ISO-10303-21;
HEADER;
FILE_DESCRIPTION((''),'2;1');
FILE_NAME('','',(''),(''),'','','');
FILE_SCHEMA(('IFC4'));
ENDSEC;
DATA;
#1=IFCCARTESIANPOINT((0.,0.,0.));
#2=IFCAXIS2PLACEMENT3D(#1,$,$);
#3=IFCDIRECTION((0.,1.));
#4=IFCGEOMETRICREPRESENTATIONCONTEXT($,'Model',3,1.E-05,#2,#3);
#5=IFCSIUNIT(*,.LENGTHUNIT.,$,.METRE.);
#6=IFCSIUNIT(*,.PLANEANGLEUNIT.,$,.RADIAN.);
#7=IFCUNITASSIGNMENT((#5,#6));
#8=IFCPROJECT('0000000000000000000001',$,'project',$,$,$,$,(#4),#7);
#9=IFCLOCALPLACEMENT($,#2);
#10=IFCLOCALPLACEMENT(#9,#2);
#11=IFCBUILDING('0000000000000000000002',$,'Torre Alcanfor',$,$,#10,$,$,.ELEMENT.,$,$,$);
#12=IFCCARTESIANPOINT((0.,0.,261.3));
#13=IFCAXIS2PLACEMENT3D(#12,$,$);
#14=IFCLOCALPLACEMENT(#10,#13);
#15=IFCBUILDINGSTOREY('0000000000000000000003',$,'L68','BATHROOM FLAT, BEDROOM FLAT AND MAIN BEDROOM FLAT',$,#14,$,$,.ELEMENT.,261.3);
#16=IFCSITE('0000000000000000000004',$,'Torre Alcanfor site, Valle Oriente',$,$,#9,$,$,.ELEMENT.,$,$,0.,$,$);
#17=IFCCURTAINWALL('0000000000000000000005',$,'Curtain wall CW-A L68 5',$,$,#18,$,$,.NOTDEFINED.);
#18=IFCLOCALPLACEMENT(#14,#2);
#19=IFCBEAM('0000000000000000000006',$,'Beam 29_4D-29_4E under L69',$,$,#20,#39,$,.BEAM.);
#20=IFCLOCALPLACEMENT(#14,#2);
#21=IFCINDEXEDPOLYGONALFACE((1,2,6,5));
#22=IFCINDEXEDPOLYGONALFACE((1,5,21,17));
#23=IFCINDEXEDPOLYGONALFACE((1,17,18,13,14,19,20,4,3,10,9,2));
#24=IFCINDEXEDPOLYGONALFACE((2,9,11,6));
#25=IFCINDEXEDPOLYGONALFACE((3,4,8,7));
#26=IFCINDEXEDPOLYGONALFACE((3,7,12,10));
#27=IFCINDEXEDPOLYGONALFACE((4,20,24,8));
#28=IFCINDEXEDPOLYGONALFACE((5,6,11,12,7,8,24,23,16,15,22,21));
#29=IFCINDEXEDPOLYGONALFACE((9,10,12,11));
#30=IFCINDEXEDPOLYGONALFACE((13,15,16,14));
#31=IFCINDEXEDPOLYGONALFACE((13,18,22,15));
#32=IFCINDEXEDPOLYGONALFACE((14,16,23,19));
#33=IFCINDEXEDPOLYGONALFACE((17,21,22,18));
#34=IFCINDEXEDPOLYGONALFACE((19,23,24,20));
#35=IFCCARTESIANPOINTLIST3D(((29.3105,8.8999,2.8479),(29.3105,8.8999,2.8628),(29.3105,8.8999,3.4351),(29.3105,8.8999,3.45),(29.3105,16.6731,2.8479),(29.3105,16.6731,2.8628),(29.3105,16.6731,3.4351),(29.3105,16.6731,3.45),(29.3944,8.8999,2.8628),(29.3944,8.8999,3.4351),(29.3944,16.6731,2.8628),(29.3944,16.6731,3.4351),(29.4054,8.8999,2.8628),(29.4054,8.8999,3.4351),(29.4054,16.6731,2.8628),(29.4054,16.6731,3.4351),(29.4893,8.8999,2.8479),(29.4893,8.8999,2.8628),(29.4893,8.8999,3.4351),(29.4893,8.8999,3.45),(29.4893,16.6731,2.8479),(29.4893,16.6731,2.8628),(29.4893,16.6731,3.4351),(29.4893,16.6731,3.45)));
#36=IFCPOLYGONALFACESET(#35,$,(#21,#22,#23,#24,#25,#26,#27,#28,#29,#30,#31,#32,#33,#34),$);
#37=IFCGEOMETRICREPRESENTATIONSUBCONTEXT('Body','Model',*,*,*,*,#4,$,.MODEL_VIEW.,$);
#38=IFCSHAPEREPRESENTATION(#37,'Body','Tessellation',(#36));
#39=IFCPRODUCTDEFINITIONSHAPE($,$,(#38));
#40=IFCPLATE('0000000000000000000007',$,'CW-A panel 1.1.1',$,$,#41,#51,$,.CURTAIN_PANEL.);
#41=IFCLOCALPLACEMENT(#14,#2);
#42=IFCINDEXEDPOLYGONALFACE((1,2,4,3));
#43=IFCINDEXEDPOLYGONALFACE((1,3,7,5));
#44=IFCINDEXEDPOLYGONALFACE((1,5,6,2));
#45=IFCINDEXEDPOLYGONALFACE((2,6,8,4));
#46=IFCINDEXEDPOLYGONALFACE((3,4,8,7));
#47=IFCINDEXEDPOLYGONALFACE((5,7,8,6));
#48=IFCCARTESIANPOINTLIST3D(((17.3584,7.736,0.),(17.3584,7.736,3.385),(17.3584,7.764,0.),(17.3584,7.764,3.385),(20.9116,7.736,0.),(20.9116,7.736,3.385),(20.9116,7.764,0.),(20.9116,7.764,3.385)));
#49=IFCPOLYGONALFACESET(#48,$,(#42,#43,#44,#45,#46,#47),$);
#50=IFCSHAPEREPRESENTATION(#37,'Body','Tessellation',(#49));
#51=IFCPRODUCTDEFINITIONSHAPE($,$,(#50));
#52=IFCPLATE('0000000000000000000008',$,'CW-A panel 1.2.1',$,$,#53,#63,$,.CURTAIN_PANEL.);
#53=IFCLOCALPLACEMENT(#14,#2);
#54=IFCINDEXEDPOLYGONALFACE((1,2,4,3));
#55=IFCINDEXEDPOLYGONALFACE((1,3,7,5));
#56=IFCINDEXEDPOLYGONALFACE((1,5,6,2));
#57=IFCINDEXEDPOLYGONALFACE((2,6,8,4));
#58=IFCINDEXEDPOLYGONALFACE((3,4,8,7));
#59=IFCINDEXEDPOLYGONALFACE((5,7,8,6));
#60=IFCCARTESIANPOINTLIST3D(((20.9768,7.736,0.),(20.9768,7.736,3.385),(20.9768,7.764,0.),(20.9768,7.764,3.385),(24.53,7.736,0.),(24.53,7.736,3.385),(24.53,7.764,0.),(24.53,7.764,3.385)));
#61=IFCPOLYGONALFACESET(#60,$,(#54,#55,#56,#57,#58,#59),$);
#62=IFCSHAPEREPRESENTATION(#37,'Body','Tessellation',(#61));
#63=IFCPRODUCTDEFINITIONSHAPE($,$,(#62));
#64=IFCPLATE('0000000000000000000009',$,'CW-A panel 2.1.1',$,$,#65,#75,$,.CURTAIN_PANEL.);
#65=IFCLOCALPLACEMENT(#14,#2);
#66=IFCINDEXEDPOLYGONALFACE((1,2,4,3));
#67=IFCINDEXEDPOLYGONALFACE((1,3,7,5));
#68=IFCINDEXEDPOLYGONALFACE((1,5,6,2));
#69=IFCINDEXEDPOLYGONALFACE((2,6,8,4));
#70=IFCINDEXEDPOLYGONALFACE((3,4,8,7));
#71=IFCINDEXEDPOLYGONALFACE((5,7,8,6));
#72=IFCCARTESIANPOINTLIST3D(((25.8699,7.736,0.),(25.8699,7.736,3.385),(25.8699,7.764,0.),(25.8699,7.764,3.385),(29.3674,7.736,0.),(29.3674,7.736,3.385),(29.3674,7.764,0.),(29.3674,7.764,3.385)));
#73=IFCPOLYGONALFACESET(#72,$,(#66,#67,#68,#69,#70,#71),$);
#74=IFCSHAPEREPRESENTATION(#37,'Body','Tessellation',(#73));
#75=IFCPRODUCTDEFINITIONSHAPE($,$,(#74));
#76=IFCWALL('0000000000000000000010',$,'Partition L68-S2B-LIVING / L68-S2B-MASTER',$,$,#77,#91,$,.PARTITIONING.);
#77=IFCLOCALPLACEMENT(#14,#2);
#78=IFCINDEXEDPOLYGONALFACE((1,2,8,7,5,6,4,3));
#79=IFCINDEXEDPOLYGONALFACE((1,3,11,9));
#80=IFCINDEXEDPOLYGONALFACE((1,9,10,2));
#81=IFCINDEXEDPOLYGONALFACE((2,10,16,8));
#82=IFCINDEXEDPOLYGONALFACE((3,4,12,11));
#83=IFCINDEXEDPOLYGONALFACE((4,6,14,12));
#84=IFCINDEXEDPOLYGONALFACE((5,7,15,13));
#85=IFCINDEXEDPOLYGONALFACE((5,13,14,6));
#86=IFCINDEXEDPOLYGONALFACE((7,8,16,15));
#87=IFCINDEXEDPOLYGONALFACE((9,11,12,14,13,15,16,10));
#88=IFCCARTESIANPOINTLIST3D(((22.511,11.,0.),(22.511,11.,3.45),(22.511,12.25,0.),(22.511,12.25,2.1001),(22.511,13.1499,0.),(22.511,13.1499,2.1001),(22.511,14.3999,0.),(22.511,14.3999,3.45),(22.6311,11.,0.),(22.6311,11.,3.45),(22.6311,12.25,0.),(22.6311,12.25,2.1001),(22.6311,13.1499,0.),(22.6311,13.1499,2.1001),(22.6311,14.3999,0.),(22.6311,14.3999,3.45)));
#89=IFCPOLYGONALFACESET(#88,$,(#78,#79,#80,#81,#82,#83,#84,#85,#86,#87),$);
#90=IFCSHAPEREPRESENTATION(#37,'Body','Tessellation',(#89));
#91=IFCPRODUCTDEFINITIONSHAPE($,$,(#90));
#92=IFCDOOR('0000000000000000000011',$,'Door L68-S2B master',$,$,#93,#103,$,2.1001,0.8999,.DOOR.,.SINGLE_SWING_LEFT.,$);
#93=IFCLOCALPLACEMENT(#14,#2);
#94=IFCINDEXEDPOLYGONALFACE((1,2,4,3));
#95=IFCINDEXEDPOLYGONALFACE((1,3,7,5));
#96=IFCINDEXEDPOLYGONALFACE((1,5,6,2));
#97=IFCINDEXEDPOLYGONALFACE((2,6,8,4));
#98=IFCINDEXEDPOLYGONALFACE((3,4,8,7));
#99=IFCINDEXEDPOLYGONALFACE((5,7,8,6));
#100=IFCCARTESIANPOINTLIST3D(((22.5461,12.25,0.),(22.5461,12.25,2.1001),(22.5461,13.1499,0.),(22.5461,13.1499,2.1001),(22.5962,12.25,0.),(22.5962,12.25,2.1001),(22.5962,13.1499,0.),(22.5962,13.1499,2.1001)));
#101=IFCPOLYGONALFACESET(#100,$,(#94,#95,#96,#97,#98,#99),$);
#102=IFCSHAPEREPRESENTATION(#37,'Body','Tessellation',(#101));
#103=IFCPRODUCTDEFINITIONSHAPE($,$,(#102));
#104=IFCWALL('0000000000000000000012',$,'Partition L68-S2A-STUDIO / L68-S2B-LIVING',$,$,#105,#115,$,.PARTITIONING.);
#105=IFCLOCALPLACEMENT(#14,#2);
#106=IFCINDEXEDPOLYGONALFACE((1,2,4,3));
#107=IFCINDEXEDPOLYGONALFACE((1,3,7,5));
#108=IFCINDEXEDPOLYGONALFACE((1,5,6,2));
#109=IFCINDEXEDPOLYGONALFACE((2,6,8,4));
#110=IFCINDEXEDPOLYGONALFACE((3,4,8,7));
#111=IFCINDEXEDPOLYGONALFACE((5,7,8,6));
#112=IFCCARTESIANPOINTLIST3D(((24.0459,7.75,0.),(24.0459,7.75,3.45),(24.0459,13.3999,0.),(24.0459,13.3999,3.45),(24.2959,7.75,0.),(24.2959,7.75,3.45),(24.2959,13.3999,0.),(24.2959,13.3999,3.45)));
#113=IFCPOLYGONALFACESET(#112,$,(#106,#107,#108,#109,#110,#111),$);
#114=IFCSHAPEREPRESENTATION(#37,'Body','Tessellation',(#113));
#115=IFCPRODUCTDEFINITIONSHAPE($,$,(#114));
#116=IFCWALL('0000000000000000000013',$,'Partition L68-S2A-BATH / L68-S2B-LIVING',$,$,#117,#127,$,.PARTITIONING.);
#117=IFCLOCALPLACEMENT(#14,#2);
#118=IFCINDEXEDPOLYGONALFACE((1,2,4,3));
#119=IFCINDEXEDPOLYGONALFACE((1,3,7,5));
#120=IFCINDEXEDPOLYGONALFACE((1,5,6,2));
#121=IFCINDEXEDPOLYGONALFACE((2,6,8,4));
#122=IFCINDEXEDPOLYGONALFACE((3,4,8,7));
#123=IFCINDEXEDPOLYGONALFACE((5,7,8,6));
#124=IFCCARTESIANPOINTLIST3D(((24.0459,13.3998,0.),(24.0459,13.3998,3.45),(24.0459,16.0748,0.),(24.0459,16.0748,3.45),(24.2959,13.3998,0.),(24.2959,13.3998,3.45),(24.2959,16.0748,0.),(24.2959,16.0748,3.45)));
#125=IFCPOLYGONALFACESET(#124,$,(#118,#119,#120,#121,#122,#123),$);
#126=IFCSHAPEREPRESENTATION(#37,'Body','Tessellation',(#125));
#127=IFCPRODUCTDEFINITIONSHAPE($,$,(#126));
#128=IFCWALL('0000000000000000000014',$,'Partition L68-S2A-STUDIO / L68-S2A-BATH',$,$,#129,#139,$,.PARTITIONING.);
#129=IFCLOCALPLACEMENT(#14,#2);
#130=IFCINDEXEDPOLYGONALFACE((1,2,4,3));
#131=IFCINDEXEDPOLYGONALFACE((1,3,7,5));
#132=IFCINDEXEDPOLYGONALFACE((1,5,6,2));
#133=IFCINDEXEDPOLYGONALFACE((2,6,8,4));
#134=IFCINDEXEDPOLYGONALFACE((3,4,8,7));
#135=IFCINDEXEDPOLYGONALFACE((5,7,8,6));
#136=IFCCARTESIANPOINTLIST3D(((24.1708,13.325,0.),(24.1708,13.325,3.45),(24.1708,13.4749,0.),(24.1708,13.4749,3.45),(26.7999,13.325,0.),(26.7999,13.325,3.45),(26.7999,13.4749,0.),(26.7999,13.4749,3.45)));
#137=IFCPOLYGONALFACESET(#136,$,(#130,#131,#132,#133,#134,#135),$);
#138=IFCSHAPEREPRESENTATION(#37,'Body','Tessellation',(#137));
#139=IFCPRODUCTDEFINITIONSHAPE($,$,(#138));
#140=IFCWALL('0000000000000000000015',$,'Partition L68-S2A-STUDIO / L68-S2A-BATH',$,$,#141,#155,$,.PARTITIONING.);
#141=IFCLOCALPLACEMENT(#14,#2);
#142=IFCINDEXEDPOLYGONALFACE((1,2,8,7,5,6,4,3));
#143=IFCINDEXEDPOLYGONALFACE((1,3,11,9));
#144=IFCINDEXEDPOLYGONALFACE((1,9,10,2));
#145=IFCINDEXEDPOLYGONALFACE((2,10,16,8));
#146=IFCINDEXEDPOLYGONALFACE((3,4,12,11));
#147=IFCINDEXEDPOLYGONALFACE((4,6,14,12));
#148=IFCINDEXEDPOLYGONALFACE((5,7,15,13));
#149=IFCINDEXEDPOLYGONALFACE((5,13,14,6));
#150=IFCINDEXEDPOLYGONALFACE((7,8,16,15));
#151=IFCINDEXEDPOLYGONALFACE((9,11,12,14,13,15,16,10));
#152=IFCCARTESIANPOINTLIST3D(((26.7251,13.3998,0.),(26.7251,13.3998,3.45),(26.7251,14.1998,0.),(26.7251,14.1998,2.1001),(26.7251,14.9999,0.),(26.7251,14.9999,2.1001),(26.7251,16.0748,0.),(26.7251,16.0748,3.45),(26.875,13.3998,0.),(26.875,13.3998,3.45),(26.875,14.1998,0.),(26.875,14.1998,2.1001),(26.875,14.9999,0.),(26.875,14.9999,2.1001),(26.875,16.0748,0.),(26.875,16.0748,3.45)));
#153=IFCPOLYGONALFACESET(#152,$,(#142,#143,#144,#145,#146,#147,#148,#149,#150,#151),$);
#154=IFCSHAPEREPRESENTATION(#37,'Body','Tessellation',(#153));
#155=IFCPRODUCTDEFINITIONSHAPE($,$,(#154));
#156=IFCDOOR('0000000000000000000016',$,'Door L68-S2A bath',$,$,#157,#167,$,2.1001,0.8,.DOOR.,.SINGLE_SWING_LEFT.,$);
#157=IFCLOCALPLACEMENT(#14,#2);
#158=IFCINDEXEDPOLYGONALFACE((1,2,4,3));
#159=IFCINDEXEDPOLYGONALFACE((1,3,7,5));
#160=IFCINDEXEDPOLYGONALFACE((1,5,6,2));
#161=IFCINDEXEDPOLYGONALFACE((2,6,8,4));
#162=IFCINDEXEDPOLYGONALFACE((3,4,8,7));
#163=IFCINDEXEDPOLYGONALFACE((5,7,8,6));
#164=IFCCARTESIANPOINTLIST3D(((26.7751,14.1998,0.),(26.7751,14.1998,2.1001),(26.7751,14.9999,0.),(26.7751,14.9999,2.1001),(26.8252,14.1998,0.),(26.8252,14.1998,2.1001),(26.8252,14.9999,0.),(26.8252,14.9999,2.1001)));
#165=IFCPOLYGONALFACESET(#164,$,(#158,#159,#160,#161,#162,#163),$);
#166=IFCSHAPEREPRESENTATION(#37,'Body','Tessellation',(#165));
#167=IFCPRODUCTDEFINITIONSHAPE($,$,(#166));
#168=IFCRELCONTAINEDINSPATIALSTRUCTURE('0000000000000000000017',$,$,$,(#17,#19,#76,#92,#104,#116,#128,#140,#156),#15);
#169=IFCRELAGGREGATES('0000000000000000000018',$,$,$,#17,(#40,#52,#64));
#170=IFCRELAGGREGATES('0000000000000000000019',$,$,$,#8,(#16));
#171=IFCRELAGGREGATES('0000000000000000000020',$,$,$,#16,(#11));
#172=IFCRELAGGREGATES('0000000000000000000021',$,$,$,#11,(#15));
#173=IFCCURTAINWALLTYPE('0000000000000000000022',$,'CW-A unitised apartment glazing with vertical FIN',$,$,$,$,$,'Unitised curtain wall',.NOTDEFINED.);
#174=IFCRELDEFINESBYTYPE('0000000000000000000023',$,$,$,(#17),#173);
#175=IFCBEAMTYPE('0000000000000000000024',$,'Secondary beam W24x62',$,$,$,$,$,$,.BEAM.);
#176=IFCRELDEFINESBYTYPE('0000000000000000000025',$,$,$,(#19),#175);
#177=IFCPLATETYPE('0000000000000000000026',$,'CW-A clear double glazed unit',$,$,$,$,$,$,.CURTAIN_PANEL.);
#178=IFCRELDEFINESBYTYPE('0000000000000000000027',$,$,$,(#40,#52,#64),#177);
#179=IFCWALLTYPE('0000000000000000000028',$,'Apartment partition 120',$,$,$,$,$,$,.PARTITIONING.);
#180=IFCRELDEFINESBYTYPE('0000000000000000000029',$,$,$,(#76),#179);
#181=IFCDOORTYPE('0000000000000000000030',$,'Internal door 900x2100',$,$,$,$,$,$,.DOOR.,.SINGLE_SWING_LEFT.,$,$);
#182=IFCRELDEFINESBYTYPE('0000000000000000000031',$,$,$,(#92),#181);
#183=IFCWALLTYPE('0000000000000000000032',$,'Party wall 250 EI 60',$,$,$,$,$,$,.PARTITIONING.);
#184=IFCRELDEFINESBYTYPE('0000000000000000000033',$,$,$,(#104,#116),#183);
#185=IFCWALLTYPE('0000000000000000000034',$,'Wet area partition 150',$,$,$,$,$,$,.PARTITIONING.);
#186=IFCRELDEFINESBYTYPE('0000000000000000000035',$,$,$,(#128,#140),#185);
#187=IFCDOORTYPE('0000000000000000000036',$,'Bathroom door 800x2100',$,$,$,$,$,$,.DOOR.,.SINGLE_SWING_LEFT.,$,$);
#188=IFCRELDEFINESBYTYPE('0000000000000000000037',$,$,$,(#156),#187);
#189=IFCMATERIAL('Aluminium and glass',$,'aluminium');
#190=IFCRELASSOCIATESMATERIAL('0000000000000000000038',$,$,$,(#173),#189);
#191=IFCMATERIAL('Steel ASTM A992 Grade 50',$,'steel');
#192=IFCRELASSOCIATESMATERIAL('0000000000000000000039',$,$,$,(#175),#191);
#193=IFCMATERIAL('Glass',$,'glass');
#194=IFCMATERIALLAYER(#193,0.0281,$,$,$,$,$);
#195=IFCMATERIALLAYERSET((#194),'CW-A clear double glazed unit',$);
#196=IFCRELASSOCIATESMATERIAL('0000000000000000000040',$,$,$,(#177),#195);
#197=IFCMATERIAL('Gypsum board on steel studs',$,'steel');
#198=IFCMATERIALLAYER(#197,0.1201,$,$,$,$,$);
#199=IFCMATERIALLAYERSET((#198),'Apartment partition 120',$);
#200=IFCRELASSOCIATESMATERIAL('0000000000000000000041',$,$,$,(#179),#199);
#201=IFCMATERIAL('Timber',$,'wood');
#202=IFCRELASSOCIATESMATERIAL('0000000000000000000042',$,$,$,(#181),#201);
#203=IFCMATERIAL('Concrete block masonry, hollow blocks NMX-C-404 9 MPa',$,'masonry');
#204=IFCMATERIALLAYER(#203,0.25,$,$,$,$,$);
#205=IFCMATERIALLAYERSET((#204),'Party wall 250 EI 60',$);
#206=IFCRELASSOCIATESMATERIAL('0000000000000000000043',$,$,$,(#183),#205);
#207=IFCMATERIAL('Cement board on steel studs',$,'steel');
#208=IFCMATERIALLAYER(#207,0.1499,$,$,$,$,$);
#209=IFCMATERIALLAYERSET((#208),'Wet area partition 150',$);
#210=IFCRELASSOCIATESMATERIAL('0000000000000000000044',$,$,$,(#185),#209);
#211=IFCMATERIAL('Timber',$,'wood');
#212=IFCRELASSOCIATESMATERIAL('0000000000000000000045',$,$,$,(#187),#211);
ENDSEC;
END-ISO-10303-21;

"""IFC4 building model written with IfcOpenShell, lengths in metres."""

from ifc_helpers import new_model, si_unit, direction, frame, frame_2d, origin, origin_2d, place, context, subcontext, project, spatial, rectangle, i_section, extrude, material, layer, layer_set, material_profile, profile_set, type_object, element, fill, aggregate, save


model = new_model("IFC4")

# Units and contexts
model_context = context("Model", 3, precision=1e-05, world=origin(), true_north=direction((0.0, 1.0)))
body_context = subcontext(model_context, "Body", "Model", "MODEL_VIEW")
ifc_project = project(units=[si_unit("LENGTHUNIT", "METRE"), si_unit("PLANEANGLEUNIT", "RADIAN")], contexts=[model_context])

# Site, building, storey
site_placement = place(None, origin())
site = spatial("IfcSite", under=ifc_project, at=site_placement, Name="Torre Alcanfor site, Valle Oriente", CompositionType="ELEMENT", RefElevation=0.0)
building_placement = place(site_placement, origin())
building = spatial("IfcBuilding", under=site, at=building_placement, Name="Torre Alcanfor", CompositionType="ELEMENT")
storey_placement = place(building_placement, frame((0.0, 0.0, 261.3)))
storey = spatial("IfcBuildingStorey", under=building, at=storey_placement, Name="L68", Description="BATHROOM FLAT, BEDROOM FLAT AND MAIN BEDROOM FLAT", CompositionType="ELEMENT", Elevation=261.3)

# Curtain wall
ifc_material_1 = material(Name="Aluminium and glass", Category="aluminium")
curtain_wall_type = type_object("IfcCurtainWallType", Name="CW-A unitised apartment glazing with vertical FIN", ElementType="Unitised curtain wall", PredefinedType="NOTDEFINED", material=ifc_material_1)
curtain_wall_placement = place(storey_placement, origin())
curtain_wall = element("IfcCurtainWall", 1, at=curtain_wall_placement, inside=storey, type_object=curtain_wall_type, Name="Curtain wall CW-A L68 5", PredefinedType="NOTDEFINED")

# Beam
ifc_material_2 = material(Name="Steel ASTM A992 Grade 50", Category="steel")
ifc_material_profile_1 = material_profile(ifc_material_2, i_section(OverallWidth=0.1787, OverallDepth=0.6021, WebThickness=0.011, FlangeThickness=0.0149, at=origin_2d()), Name="W24x62")
ifc_profile_set_1 = profile_set([ifc_material_profile_1], Name="Steel ASTM A992 Grade 50")
beam_type_1 = type_object("IfcBeamType", Name="Secondary beam W24x62", PredefinedType="BEAM", material=ifc_profile_set_1)
for number, where, z_axis, x_axis, name in (
    (2, (29.3999, 8.8999, 3.1489), (0.0, 1.0, 0.0), (-1.0, 0.0, 0.0), "Beam 29_4D-29_4E under L69"),
):
    element("IfcBeam", number, at=place(storey_placement, frame(where, z_axis=z_axis, x_axis=x_axis)), inside=storey, type_object=beam_type_1, Name=name, PredefinedType="BEAM", context=body_context, shape_type="SweptSolid", body=[
        extrude(i_section(OverallWidth=0.1787, OverallDepth=0.6021, WebThickness=0.011, FlangeThickness=0.0149, at=origin_2d()), origin(), (0.0, 0.0, 1.0), 7.7732),
    ])

# Plates
ifc_material_3 = material(Name="Glass", Category="glass")
ifc_layer_1 = layer(ifc_material_3, 0.0281)
ifc_layer_set_1 = layer_set([ifc_layer_1], Name="CW-A clear double glazed unit")
plate_type = type_object("IfcPlateType", Name="CW-A clear double glazed unit", PredefinedType="CURTAIN_PANEL", material=ifc_layer_set_1)
plate_1_placement = place(storey_placement, frame((19.135, 7.75, 0.0), z_axis=(0.0, 0.0, 1.0), x_axis=(1.0, 0.0, 0.0)))
plate_1 = element("IfcPlate", 3, at=plate_1_placement, type_object=plate_type, Name="CW-A panel 1.1.1", PredefinedType="CURTAIN_PANEL", context=body_context, shape_type="SweptSolid", body=[
    extrude(rectangle(XDim=3.5532, YDim=0.0281, at=origin_2d()), origin(), (0.0, 0.0, 1.0), 3.385),
])
plate_2_placement = place(storey_placement, frame((22.7534, 7.75, 0.0), z_axis=(0.0, 0.0, 1.0), x_axis=(1.0, 0.0, 0.0)))
plate_2 = element("IfcPlate", 4, at=plate_2_placement, type_object=plate_type, Name="CW-A panel 1.2.1", PredefinedType="CURTAIN_PANEL", context=body_context, shape_type="SweptSolid", body=[
    extrude(rectangle(XDim=3.5532, YDim=0.0281, at=origin_2d()), origin(), (0.0, 0.0, 1.0), 3.385),
])
plate_3_placement = place(storey_placement, frame((27.6187, 7.75, 0.0), z_axis=(0.0, 0.0, 1.0), x_axis=(1.0, 0.0, 0.0)))
plate_3 = element("IfcPlate", 5, at=plate_3_placement, type_object=plate_type, Name="CW-A panel 2.1.1", PredefinedType="CURTAIN_PANEL", context=body_context, shape_type="SweptSolid", body=[
    extrude(rectangle(XDim=3.4976, YDim=0.0281, at=origin_2d()), origin(), (0.0, 0.0, 1.0), 3.385),
])
aggregate(curtain_wall, [plate_1, plate_2, plate_3])

# Wall, opening, door
ifc_material_4 = material(Name="Gypsum board on steel studs", Category="steel")
ifc_layer_2 = layer(ifc_material_4, 0.1201)
ifc_layer_set_2 = layer_set([ifc_layer_2], Name="Apartment partition 120")
wall_type_1 = type_object("IfcWallType", Name="Apartment partition 120", PredefinedType="PARTITIONING", material=ifc_layer_set_2)
wall_1_placement = place(storey_placement, frame((22.571, 11.0, 0.0), z_axis=(0.0, 0.0, 1.0), x_axis=(0.0, 1.0, 0.0)))
wall_1 = element("IfcWall", 6, at=wall_1_placement, inside=storey, type_object=wall_type_1, Name="Partition L68-S2B-LIVING / L68-S2B-MASTER", PredefinedType="PARTITIONING", context=body_context, shape_type="SweptSolid", body=[
    extrude(rectangle(XDim=3.3999, YDim=0.1201, at=frame_2d((1.7, 0.0))), origin(), (0.0, 0.0, 1.0), 3.45),
])
opening_1_placement = place(wall_1_placement, frame((1.25, 0.0, 0.0)))
opening_1 = element("IfcOpeningElement", 7, at=opening_1_placement, cuts=wall_1, PredefinedType="OPENING", context=body_context, shape_type="SweptSolid", body=[
    extrude(rectangle(XDim=0.8999, YDim=2.1001, at=frame_2d((0.45, 1.05))), frame((0.0, 0.0701, 0.0), z_axis=(0.0, -1.0, 0.0), x_axis=(1.0, 0.0, 0.0)), (0.0, 0.0, 1.0), 0.1401),
])
ifc_material_5 = material(Name="Timber", Category="wood")
door_type_1 = type_object("IfcDoorType", Name="Internal door 900x2100", OperationType="SINGLE_SWING_LEFT", PredefinedType="DOOR", material=ifc_material_5)
door_1_placement = place(opening_1_placement, origin())
door_1 = element("IfcDoor", 8, at=door_1_placement, inside=storey, type_object=door_type_1, Name="Door L68-S2B master", OperationType="SINGLE_SWING_LEFT", OverallHeight=2.1001, OverallWidth=0.8999, PredefinedType="DOOR", context=body_context, shape_type="SweptSolid", body=[
    extrude(rectangle(XDim=0.8999, YDim=2.1001, at=frame_2d((0.45, 1.05))), frame((0.0, 0.0249, 0.0), z_axis=(0.0, -1.0, 0.0), x_axis=(1.0, 0.0, 0.0)), (0.0, 0.0, 1.0), 0.05),
])
fill(opening_1, door_1)

# Walls
ifc_material_6 = material(Name="Concrete block masonry, hollow blocks NMX-C-404 9 MPa", Category="masonry")
ifc_layer_3 = layer(ifc_material_6, 0.25)
ifc_layer_set_3 = layer_set([ifc_layer_3], Name="Party wall 250 EI 60")
wall_type_2 = type_object("IfcWallType", Name="Party wall 250 EI 60", PredefinedType="PARTITIONING", material=ifc_layer_set_3)
wall_2_placement = place(storey_placement, frame((24.1709, 7.75, 0.0), z_axis=(0.0, 0.0, 1.0), x_axis=(0.0, 1.0, 0.0)))
element("IfcWall", 9, at=wall_2_placement, inside=storey, type_object=wall_type_2, Name="Partition L68-S2A-STUDIO / L68-S2B-LIVING", PredefinedType="PARTITIONING", context=body_context, shape_type="SweptSolid", body=[
    extrude(rectangle(XDim=5.6499, YDim=0.25, at=frame_2d((2.825, 0.0))), origin(), (0.0, 0.0, 1.0), 3.45),
])
wall_3_placement = place(storey_placement, frame((24.1709, 13.3999, 0.0), z_axis=(0.0, 0.0, 1.0), x_axis=(0.0, 1.0, 0.0)))
element("IfcWall", 10, at=wall_3_placement, inside=storey, type_object=wall_type_2, Name="Partition L68-S2A-BATH / L68-S2B-LIVING", PredefinedType="PARTITIONING", context=body_context, shape_type="SweptSolid", body=[
    extrude(rectangle(XDim=2.675, YDim=0.25, at=frame_2d((1.3374, 0.0))), origin(), (0.0, 0.0, 1.0), 3.45),
])
ifc_material_7 = material(Name="Cement board on steel studs", Category="steel")
ifc_layer_4 = layer(ifc_material_7, 0.1499)
ifc_layer_set_4 = layer_set([ifc_layer_4], Name="Wet area partition 150")
wall_type_3 = type_object("IfcWallType", Name="Wet area partition 150", PredefinedType="PARTITIONING", material=ifc_layer_set_4)
wall_4_placement = place(storey_placement, frame((24.1709, 13.3999, 0.0), z_axis=(0.0, 0.0, 1.0), x_axis=(1.0, 0.0, 0.0)))
element("IfcWall", 11, at=wall_4_placement, inside=storey, type_object=wall_type_3, Name="Partition L68-S2A-STUDIO / L68-S2A-BATH", PredefinedType="PARTITIONING", context=body_context, shape_type="SweptSolid", body=[
    extrude(rectangle(XDim=2.6292, YDim=0.1499, at=frame_2d((1.3145, 0.0))), origin(), (0.0, 0.0, 1.0), 3.45),
])

# Wall, opening, door
wall_5_placement = place(storey_placement, frame((26.8, 13.3999, 0.0), z_axis=(0.0, 0.0, 1.0), x_axis=(0.0, 1.0, 0.0)))
wall_5 = element("IfcWall", 12, at=wall_5_placement, inside=storey, type_object=wall_type_3, Name="Partition L68-S2A-STUDIO / L68-S2A-BATH", PredefinedType="PARTITIONING", context=body_context, shape_type="SweptSolid", body=[
    extrude(rectangle(XDim=2.675, YDim=0.1499, at=frame_2d((1.3374, 0.0))), origin(), (0.0, 0.0, 1.0), 3.45),
])
opening_2_placement = place(wall_5_placement, frame((0.8, 0.0, 0.0)))
opening_2 = element("IfcOpeningElement", 13, at=opening_2_placement, cuts=wall_5, PredefinedType="OPENING", context=body_context, shape_type="SweptSolid", body=[
    extrude(rectangle(XDim=0.8, YDim=2.1001, at=frame_2d((0.3999, 1.05))), frame((0.0, 0.085, 0.0), z_axis=(0.0, -1.0, 0.0), x_axis=(1.0, 0.0, 0.0)), (0.0, 0.0, 1.0), 0.1699),
])
ifc_material_8 = material(Name="Timber", Category="wood")
door_type_2 = type_object("IfcDoorType", Name="Bathroom door 800x2100", OperationType="SINGLE_SWING_LEFT", PredefinedType="DOOR", material=ifc_material_8)
door_2_placement = place(opening_2_placement, origin())
door_2 = element("IfcDoor", 14, at=door_2_placement, inside=storey, type_object=door_type_2, Name="Door L68-S2A bath", OperationType="SINGLE_SWING_LEFT", OverallHeight=2.1001, OverallWidth=0.8, PredefinedType="DOOR", context=body_context, shape_type="SweptSolid", body=[
    extrude(rectangle(XDim=0.8, YDim=2.1001, at=frame_2d((0.3999, 1.05))), frame((0.0, 0.0249, 0.0), z_axis=(0.0, -1.0, 0.0), x_axis=(1.0, 0.0, 0.0)), (0.0, 0.0, 1.0), 0.05),
])
fill(opening_2, door_2)

save(model, "model.ifc")
